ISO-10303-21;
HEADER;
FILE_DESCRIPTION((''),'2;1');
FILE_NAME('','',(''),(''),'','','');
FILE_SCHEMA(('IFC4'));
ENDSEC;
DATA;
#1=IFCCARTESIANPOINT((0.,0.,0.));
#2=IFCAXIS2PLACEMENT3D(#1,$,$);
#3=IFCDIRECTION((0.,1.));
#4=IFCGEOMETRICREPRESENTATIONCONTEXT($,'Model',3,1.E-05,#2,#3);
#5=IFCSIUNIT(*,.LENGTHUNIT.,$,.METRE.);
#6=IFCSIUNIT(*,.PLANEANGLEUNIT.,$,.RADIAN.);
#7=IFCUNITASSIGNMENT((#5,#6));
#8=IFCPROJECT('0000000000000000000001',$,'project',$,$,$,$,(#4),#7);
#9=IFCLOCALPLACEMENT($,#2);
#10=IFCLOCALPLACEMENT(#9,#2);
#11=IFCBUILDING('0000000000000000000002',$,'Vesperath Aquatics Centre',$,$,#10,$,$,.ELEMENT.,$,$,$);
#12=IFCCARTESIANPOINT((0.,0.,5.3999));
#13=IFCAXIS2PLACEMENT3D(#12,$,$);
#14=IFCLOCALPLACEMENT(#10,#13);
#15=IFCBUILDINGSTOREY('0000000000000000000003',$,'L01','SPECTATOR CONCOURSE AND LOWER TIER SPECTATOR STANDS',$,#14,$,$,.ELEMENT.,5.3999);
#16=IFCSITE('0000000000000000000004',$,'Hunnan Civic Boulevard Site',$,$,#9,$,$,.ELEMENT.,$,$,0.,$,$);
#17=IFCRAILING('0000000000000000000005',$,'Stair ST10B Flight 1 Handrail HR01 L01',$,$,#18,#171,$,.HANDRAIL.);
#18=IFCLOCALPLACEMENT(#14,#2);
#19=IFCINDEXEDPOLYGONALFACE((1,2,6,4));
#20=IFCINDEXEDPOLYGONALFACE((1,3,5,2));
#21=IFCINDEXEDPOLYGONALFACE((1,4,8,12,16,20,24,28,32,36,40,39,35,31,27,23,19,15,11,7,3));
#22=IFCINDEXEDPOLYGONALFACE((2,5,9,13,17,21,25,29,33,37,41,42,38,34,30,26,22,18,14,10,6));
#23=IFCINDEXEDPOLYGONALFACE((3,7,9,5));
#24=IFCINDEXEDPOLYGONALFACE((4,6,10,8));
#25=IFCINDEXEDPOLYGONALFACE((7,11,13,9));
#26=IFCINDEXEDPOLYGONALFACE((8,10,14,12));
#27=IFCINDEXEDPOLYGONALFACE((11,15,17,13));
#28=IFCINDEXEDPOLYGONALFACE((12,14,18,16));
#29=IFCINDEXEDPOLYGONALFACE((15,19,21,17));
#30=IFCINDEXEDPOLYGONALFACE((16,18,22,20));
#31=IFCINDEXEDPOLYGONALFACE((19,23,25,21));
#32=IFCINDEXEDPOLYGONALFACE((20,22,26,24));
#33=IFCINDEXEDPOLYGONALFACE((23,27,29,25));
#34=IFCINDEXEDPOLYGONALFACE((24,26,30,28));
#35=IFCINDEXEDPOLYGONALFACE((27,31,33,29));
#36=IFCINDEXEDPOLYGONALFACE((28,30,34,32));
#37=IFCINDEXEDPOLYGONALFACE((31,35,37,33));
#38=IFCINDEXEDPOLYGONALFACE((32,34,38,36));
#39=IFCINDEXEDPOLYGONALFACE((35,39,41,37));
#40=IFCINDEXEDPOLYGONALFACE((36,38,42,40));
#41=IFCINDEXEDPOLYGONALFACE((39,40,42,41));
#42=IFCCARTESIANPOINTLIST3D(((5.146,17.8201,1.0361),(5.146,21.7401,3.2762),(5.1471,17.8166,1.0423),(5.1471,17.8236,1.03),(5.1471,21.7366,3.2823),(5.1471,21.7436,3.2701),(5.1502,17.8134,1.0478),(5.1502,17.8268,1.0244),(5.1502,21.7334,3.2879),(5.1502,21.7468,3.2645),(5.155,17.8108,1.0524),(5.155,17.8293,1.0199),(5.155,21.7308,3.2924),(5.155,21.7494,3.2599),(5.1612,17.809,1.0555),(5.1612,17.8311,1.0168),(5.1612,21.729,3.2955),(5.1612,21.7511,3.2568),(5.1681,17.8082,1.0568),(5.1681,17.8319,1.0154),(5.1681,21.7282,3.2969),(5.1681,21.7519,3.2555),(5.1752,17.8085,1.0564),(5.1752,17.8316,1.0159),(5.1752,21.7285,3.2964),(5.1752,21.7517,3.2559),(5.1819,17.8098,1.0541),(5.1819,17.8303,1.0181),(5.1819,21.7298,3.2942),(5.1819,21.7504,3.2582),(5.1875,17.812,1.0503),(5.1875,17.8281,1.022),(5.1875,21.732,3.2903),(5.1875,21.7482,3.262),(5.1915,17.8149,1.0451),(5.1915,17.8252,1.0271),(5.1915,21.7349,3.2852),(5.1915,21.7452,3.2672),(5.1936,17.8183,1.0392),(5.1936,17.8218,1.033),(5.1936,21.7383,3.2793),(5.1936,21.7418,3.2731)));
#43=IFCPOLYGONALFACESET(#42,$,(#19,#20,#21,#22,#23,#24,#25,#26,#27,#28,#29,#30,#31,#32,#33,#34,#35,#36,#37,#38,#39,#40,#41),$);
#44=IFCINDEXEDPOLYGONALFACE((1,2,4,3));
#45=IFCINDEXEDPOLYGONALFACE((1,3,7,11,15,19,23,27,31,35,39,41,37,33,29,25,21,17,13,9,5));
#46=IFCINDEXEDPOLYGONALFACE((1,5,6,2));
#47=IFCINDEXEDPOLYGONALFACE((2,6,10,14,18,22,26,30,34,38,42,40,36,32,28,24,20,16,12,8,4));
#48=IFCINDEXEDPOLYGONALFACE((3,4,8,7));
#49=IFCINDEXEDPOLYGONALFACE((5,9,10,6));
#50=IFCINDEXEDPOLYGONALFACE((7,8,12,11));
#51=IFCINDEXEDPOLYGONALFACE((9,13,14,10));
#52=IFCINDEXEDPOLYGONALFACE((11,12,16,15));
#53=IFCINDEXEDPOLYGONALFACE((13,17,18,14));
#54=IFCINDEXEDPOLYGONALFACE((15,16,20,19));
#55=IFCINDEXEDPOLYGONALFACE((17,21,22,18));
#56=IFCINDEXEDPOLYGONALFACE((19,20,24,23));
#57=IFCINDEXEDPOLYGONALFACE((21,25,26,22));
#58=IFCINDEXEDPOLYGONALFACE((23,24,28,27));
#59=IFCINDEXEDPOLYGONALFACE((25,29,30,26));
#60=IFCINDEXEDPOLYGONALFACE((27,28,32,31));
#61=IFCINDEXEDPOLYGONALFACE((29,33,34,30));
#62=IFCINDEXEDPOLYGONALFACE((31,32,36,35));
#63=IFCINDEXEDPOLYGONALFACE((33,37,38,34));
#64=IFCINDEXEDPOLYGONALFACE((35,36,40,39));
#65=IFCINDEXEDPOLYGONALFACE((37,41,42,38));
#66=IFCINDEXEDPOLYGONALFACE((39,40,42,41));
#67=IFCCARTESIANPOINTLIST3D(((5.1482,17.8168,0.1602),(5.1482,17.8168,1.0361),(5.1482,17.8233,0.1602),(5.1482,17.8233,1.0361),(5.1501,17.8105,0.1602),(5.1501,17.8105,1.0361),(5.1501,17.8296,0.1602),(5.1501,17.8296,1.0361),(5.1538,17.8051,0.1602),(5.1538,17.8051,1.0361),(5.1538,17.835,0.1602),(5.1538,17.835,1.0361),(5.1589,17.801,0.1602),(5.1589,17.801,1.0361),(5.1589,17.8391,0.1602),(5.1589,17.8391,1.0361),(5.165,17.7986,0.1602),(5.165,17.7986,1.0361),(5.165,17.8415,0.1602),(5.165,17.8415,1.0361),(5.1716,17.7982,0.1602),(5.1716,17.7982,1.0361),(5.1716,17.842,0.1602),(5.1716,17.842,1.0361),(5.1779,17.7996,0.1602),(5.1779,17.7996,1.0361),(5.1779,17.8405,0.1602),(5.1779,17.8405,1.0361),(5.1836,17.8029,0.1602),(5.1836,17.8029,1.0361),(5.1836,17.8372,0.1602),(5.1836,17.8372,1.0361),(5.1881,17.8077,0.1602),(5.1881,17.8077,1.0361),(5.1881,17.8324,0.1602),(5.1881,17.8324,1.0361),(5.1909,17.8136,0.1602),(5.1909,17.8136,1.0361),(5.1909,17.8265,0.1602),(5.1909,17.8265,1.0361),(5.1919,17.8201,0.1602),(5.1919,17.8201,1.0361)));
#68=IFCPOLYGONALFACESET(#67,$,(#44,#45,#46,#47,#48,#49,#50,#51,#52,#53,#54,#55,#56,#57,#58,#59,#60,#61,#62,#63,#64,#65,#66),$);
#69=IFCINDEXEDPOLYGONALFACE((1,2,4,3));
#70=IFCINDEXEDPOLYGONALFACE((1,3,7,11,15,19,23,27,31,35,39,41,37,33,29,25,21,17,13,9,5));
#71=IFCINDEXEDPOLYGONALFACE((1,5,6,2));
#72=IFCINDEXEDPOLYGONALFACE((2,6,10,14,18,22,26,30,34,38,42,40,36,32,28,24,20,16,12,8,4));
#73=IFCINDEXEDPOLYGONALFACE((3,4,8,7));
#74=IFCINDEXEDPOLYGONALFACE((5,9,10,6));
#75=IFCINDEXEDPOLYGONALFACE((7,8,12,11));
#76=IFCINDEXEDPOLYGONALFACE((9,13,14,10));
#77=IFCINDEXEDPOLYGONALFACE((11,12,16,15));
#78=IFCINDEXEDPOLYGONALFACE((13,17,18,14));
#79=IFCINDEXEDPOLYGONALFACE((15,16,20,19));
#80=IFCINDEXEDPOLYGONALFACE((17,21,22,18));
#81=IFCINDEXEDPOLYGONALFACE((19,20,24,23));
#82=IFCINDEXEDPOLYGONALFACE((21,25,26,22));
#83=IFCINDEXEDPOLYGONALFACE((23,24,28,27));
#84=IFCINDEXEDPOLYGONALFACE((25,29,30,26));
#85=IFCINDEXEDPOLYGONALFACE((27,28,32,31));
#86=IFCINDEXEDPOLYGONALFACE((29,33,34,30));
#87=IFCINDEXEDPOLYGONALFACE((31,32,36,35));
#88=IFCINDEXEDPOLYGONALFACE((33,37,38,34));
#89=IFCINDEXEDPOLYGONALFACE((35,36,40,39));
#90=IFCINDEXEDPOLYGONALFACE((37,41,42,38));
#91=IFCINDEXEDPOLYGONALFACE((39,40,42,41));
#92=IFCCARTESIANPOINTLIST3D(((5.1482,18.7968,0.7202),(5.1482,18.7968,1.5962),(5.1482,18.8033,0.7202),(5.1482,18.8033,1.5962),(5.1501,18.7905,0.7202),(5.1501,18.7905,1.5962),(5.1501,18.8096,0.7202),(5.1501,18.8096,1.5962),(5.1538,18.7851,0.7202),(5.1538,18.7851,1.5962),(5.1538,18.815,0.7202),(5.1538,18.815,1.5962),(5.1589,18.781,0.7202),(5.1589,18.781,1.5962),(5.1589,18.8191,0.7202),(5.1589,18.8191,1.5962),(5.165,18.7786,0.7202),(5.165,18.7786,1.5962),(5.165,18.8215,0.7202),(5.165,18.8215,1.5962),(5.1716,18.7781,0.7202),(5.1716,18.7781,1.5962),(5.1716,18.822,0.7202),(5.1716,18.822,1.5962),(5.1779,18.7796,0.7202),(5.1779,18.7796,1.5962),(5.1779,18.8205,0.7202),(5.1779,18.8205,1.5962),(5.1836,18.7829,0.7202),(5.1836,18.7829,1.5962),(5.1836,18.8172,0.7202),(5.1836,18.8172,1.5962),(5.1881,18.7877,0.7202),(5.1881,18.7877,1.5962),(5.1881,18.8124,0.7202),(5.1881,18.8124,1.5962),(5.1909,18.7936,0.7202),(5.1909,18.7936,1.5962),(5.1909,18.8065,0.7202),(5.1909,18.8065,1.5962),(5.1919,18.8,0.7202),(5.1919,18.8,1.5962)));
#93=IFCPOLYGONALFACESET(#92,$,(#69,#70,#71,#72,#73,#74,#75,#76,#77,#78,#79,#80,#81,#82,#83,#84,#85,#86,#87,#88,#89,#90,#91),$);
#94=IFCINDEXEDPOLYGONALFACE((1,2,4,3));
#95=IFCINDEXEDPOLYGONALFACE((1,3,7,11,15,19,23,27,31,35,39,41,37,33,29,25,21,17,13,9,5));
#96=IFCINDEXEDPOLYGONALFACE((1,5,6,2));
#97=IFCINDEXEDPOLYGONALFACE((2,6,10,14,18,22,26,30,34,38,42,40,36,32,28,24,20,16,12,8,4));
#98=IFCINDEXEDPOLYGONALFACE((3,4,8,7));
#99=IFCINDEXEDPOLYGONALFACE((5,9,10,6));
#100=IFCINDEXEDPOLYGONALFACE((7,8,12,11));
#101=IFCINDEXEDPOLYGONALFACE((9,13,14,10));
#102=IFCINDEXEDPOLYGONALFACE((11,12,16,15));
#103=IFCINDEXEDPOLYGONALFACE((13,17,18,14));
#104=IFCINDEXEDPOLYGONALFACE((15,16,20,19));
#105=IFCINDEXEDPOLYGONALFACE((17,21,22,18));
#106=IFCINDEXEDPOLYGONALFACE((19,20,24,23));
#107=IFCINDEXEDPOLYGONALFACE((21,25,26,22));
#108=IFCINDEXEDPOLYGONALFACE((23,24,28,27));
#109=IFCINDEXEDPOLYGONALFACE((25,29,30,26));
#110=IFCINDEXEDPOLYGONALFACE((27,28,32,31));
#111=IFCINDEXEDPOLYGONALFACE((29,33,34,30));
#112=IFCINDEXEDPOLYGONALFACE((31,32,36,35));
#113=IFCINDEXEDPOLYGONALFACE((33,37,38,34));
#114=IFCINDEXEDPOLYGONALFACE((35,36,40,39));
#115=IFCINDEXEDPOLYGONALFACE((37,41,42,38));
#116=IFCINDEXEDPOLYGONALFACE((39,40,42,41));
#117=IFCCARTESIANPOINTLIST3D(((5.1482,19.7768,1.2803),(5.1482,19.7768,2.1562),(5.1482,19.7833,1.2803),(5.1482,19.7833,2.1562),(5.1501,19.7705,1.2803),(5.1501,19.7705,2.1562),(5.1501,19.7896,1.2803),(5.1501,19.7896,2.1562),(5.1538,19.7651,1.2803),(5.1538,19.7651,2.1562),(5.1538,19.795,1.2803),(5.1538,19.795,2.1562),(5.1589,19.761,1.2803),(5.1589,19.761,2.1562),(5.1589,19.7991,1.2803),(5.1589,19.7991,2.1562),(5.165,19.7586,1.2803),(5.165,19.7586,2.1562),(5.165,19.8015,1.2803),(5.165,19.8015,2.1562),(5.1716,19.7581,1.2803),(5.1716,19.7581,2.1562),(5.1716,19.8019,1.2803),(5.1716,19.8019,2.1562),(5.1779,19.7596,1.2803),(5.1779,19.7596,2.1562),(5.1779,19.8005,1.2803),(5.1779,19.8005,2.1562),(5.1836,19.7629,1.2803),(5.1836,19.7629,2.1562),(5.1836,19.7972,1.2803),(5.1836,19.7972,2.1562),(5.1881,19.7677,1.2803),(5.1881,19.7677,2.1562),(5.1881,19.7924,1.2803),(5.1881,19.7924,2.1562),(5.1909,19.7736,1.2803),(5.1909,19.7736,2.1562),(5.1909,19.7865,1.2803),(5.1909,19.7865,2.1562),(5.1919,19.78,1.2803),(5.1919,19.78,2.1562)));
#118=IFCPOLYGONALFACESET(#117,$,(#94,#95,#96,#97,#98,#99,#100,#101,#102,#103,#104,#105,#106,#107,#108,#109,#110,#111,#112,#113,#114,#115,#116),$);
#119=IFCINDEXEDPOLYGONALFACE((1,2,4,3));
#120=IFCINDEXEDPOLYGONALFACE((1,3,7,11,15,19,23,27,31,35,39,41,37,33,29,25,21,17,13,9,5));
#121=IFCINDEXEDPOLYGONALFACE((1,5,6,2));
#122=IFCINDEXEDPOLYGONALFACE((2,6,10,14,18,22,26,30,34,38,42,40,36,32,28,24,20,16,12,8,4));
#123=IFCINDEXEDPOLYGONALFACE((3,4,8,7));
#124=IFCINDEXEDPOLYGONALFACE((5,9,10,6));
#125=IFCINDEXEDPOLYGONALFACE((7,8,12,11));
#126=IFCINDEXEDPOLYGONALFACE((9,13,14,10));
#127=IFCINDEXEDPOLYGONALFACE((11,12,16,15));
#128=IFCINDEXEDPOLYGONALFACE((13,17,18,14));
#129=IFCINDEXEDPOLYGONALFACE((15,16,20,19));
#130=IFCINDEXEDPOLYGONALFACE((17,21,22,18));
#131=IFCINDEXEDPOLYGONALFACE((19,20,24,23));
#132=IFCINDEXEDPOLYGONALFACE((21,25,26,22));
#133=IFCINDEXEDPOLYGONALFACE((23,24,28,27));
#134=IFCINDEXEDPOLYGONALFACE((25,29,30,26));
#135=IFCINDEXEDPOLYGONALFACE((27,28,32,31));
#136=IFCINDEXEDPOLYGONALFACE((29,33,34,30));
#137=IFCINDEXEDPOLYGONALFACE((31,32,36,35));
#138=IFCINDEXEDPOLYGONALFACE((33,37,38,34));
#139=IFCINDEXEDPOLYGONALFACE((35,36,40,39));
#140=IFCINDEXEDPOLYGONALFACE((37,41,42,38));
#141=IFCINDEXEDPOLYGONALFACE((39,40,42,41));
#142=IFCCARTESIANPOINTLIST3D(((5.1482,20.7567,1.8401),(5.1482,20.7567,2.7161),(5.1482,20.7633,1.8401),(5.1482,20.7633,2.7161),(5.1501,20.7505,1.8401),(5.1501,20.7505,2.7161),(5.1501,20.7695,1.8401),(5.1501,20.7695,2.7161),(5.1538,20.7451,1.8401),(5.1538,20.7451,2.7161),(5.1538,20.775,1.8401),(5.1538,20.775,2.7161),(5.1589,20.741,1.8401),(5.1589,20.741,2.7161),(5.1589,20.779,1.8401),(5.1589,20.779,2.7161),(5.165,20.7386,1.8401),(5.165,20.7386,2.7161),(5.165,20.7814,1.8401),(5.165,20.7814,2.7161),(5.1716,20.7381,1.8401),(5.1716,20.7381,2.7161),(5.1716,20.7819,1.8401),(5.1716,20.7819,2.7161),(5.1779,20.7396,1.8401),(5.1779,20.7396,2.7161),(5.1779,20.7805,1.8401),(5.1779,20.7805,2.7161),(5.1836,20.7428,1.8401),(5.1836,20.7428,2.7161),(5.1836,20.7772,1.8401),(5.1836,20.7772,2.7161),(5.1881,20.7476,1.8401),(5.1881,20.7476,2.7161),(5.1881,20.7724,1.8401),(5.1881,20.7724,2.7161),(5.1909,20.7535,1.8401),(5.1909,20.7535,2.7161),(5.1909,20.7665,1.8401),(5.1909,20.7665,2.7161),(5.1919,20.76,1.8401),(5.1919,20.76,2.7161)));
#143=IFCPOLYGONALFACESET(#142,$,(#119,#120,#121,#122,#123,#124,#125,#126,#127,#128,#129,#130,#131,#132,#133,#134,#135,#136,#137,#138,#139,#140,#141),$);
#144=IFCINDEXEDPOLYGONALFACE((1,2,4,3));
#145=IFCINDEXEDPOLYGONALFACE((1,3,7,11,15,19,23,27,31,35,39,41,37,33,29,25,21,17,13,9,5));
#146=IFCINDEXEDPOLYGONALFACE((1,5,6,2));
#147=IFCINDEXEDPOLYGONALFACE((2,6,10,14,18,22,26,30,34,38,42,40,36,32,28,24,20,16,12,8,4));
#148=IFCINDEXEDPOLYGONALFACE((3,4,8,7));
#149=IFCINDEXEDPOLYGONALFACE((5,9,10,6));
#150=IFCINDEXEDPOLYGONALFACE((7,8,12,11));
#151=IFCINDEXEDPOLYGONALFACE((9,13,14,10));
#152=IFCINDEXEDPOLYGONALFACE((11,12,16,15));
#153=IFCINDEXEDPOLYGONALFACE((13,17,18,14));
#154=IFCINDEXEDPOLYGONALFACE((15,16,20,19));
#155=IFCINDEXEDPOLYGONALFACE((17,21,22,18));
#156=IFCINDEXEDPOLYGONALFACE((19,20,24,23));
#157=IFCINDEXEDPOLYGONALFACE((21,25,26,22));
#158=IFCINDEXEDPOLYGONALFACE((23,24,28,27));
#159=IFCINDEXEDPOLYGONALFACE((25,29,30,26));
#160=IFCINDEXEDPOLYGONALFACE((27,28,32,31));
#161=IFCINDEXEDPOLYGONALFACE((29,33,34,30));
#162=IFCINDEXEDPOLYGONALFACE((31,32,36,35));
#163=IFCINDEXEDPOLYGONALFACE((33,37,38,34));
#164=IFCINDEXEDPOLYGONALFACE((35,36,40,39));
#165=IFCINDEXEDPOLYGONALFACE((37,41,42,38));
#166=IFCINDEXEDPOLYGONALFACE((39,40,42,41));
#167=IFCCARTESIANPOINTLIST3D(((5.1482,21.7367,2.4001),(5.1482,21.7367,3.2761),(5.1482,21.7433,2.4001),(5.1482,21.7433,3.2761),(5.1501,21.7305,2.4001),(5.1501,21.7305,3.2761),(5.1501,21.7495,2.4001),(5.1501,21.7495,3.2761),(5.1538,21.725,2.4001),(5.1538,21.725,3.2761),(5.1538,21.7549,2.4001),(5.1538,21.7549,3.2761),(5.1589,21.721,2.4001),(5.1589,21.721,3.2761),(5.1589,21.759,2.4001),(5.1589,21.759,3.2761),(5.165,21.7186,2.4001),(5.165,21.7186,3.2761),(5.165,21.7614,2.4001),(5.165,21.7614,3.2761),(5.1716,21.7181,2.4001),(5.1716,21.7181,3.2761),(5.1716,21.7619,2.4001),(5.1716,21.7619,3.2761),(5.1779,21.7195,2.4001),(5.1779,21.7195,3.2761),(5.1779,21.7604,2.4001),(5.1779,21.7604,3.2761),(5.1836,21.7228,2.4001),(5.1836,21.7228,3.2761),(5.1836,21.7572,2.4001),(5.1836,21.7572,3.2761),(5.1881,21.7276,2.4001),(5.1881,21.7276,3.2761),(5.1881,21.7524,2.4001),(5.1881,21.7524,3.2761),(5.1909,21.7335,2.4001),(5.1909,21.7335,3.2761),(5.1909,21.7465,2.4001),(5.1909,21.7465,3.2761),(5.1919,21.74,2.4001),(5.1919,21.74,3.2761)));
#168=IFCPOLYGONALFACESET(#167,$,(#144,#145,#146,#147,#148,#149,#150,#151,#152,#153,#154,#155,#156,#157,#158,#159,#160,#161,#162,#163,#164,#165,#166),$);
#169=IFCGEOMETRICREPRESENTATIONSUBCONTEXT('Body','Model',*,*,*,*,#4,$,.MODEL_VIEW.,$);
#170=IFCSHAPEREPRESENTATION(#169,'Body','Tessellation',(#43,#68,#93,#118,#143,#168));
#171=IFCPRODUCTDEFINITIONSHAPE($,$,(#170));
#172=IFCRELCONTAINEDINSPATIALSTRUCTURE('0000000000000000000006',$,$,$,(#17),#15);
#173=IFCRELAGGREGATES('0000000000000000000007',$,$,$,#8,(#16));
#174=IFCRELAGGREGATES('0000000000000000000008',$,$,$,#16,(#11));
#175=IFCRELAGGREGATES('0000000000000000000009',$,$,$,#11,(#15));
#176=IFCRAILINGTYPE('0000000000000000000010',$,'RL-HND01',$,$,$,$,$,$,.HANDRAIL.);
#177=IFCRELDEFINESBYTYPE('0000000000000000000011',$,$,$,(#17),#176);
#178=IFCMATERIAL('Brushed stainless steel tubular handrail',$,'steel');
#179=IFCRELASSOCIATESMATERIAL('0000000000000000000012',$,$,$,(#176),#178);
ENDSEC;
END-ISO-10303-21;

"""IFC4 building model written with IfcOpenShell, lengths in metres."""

from ifc_helpers import new_model, si_unit, direction, frame, origin, origin_2d, place, context, subcontext, project, spatial, circle, extrude, material, type_object, element, save


model = new_model("IFC4")

# Units and contexts
model_context = context("Model", 3, precision=1e-05, world=origin(), true_north=direction((0.0, 1.0)))
body_context = subcontext(model_context, "Body", "Model", "MODEL_VIEW")
ifc_project = project(units=[si_unit("LENGTHUNIT", "METRE"), si_unit("PLANEANGLEUNIT", "RADIAN")], contexts=[model_context])

# Site, building, storey
site_placement = place(None, origin())
site = spatial("IfcSite", under=ifc_project, at=site_placement, Name="Hunnan Civic Boulevard Site", CompositionType="ELEMENT", RefElevation=0.0)
building_placement = place(site_placement, origin())
building = spatial("IfcBuilding", under=site, at=building_placement, Name="Vesperath Aquatics Centre", CompositionType="ELEMENT")
storey_placement = place(building_placement, frame((0.0, 0.0, 5.3999)))
storey = spatial("IfcBuildingStorey", under=building, at=storey_placement, Name="L01", Description="SPECTATOR CONCOURSE AND LOWER TIER SPECTATOR STANDS", CompositionType="ELEMENT", Elevation=5.3999)

# Railing
ifc_material_1 = material(Name="Brushed stainless steel tubular handrail", Category="steel")
railing_type_1 = type_object("IfcRailingType", Name="RL-HND01", PredefinedType="HANDRAIL", material=ifc_material_1)
railing_1_placement = place(storey_placement, frame((5.1699, 17.8201, 0.1602)))
element("IfcRailing", 1, at=railing_1_placement, inside=storey, type_object=railing_type_1, Name="Stair ST10B Flight 1 Handrail HR01 L01", PredefinedType="HANDRAIL", context=body_context, shape_type="SweptSolid", body=[
    extrude(circle(Radius=0.0239, at=origin_2d()), frame((0.0, 0.0, 0.876), z_axis=(0.0, 0.86824, 0.496145), x_axis=(-1.0, 0.0, 0.0)), (0.0, 0.0, 1.0), 4.5149),
    extrude(circle(Radius=0.022, at=origin_2d()), origin(), (0.0, 0.0, 1.0), 0.876),
    extrude(circle(Radius=0.022, at=origin_2d()), frame((0.0, 0.98, 0.5601)), (0.0, 0.0, 1.0), 0.876),
    extrude(circle(Radius=0.022, at=origin_2d()), frame((0.0, 1.96, 1.1201)), (0.0, 0.0, 1.0), 0.876),
    extrude(circle(Radius=0.022, at=origin_2d()), frame((0.0, 2.9399, 1.6799)), (0.0, 0.0, 1.0), 0.876),
    extrude(circle(Radius=0.022, at=origin_2d()), frame((0.0, 3.9199, 2.24)), (0.0, 0.0, 1.0), 0.876),
])

save(model, "model.ifc")
